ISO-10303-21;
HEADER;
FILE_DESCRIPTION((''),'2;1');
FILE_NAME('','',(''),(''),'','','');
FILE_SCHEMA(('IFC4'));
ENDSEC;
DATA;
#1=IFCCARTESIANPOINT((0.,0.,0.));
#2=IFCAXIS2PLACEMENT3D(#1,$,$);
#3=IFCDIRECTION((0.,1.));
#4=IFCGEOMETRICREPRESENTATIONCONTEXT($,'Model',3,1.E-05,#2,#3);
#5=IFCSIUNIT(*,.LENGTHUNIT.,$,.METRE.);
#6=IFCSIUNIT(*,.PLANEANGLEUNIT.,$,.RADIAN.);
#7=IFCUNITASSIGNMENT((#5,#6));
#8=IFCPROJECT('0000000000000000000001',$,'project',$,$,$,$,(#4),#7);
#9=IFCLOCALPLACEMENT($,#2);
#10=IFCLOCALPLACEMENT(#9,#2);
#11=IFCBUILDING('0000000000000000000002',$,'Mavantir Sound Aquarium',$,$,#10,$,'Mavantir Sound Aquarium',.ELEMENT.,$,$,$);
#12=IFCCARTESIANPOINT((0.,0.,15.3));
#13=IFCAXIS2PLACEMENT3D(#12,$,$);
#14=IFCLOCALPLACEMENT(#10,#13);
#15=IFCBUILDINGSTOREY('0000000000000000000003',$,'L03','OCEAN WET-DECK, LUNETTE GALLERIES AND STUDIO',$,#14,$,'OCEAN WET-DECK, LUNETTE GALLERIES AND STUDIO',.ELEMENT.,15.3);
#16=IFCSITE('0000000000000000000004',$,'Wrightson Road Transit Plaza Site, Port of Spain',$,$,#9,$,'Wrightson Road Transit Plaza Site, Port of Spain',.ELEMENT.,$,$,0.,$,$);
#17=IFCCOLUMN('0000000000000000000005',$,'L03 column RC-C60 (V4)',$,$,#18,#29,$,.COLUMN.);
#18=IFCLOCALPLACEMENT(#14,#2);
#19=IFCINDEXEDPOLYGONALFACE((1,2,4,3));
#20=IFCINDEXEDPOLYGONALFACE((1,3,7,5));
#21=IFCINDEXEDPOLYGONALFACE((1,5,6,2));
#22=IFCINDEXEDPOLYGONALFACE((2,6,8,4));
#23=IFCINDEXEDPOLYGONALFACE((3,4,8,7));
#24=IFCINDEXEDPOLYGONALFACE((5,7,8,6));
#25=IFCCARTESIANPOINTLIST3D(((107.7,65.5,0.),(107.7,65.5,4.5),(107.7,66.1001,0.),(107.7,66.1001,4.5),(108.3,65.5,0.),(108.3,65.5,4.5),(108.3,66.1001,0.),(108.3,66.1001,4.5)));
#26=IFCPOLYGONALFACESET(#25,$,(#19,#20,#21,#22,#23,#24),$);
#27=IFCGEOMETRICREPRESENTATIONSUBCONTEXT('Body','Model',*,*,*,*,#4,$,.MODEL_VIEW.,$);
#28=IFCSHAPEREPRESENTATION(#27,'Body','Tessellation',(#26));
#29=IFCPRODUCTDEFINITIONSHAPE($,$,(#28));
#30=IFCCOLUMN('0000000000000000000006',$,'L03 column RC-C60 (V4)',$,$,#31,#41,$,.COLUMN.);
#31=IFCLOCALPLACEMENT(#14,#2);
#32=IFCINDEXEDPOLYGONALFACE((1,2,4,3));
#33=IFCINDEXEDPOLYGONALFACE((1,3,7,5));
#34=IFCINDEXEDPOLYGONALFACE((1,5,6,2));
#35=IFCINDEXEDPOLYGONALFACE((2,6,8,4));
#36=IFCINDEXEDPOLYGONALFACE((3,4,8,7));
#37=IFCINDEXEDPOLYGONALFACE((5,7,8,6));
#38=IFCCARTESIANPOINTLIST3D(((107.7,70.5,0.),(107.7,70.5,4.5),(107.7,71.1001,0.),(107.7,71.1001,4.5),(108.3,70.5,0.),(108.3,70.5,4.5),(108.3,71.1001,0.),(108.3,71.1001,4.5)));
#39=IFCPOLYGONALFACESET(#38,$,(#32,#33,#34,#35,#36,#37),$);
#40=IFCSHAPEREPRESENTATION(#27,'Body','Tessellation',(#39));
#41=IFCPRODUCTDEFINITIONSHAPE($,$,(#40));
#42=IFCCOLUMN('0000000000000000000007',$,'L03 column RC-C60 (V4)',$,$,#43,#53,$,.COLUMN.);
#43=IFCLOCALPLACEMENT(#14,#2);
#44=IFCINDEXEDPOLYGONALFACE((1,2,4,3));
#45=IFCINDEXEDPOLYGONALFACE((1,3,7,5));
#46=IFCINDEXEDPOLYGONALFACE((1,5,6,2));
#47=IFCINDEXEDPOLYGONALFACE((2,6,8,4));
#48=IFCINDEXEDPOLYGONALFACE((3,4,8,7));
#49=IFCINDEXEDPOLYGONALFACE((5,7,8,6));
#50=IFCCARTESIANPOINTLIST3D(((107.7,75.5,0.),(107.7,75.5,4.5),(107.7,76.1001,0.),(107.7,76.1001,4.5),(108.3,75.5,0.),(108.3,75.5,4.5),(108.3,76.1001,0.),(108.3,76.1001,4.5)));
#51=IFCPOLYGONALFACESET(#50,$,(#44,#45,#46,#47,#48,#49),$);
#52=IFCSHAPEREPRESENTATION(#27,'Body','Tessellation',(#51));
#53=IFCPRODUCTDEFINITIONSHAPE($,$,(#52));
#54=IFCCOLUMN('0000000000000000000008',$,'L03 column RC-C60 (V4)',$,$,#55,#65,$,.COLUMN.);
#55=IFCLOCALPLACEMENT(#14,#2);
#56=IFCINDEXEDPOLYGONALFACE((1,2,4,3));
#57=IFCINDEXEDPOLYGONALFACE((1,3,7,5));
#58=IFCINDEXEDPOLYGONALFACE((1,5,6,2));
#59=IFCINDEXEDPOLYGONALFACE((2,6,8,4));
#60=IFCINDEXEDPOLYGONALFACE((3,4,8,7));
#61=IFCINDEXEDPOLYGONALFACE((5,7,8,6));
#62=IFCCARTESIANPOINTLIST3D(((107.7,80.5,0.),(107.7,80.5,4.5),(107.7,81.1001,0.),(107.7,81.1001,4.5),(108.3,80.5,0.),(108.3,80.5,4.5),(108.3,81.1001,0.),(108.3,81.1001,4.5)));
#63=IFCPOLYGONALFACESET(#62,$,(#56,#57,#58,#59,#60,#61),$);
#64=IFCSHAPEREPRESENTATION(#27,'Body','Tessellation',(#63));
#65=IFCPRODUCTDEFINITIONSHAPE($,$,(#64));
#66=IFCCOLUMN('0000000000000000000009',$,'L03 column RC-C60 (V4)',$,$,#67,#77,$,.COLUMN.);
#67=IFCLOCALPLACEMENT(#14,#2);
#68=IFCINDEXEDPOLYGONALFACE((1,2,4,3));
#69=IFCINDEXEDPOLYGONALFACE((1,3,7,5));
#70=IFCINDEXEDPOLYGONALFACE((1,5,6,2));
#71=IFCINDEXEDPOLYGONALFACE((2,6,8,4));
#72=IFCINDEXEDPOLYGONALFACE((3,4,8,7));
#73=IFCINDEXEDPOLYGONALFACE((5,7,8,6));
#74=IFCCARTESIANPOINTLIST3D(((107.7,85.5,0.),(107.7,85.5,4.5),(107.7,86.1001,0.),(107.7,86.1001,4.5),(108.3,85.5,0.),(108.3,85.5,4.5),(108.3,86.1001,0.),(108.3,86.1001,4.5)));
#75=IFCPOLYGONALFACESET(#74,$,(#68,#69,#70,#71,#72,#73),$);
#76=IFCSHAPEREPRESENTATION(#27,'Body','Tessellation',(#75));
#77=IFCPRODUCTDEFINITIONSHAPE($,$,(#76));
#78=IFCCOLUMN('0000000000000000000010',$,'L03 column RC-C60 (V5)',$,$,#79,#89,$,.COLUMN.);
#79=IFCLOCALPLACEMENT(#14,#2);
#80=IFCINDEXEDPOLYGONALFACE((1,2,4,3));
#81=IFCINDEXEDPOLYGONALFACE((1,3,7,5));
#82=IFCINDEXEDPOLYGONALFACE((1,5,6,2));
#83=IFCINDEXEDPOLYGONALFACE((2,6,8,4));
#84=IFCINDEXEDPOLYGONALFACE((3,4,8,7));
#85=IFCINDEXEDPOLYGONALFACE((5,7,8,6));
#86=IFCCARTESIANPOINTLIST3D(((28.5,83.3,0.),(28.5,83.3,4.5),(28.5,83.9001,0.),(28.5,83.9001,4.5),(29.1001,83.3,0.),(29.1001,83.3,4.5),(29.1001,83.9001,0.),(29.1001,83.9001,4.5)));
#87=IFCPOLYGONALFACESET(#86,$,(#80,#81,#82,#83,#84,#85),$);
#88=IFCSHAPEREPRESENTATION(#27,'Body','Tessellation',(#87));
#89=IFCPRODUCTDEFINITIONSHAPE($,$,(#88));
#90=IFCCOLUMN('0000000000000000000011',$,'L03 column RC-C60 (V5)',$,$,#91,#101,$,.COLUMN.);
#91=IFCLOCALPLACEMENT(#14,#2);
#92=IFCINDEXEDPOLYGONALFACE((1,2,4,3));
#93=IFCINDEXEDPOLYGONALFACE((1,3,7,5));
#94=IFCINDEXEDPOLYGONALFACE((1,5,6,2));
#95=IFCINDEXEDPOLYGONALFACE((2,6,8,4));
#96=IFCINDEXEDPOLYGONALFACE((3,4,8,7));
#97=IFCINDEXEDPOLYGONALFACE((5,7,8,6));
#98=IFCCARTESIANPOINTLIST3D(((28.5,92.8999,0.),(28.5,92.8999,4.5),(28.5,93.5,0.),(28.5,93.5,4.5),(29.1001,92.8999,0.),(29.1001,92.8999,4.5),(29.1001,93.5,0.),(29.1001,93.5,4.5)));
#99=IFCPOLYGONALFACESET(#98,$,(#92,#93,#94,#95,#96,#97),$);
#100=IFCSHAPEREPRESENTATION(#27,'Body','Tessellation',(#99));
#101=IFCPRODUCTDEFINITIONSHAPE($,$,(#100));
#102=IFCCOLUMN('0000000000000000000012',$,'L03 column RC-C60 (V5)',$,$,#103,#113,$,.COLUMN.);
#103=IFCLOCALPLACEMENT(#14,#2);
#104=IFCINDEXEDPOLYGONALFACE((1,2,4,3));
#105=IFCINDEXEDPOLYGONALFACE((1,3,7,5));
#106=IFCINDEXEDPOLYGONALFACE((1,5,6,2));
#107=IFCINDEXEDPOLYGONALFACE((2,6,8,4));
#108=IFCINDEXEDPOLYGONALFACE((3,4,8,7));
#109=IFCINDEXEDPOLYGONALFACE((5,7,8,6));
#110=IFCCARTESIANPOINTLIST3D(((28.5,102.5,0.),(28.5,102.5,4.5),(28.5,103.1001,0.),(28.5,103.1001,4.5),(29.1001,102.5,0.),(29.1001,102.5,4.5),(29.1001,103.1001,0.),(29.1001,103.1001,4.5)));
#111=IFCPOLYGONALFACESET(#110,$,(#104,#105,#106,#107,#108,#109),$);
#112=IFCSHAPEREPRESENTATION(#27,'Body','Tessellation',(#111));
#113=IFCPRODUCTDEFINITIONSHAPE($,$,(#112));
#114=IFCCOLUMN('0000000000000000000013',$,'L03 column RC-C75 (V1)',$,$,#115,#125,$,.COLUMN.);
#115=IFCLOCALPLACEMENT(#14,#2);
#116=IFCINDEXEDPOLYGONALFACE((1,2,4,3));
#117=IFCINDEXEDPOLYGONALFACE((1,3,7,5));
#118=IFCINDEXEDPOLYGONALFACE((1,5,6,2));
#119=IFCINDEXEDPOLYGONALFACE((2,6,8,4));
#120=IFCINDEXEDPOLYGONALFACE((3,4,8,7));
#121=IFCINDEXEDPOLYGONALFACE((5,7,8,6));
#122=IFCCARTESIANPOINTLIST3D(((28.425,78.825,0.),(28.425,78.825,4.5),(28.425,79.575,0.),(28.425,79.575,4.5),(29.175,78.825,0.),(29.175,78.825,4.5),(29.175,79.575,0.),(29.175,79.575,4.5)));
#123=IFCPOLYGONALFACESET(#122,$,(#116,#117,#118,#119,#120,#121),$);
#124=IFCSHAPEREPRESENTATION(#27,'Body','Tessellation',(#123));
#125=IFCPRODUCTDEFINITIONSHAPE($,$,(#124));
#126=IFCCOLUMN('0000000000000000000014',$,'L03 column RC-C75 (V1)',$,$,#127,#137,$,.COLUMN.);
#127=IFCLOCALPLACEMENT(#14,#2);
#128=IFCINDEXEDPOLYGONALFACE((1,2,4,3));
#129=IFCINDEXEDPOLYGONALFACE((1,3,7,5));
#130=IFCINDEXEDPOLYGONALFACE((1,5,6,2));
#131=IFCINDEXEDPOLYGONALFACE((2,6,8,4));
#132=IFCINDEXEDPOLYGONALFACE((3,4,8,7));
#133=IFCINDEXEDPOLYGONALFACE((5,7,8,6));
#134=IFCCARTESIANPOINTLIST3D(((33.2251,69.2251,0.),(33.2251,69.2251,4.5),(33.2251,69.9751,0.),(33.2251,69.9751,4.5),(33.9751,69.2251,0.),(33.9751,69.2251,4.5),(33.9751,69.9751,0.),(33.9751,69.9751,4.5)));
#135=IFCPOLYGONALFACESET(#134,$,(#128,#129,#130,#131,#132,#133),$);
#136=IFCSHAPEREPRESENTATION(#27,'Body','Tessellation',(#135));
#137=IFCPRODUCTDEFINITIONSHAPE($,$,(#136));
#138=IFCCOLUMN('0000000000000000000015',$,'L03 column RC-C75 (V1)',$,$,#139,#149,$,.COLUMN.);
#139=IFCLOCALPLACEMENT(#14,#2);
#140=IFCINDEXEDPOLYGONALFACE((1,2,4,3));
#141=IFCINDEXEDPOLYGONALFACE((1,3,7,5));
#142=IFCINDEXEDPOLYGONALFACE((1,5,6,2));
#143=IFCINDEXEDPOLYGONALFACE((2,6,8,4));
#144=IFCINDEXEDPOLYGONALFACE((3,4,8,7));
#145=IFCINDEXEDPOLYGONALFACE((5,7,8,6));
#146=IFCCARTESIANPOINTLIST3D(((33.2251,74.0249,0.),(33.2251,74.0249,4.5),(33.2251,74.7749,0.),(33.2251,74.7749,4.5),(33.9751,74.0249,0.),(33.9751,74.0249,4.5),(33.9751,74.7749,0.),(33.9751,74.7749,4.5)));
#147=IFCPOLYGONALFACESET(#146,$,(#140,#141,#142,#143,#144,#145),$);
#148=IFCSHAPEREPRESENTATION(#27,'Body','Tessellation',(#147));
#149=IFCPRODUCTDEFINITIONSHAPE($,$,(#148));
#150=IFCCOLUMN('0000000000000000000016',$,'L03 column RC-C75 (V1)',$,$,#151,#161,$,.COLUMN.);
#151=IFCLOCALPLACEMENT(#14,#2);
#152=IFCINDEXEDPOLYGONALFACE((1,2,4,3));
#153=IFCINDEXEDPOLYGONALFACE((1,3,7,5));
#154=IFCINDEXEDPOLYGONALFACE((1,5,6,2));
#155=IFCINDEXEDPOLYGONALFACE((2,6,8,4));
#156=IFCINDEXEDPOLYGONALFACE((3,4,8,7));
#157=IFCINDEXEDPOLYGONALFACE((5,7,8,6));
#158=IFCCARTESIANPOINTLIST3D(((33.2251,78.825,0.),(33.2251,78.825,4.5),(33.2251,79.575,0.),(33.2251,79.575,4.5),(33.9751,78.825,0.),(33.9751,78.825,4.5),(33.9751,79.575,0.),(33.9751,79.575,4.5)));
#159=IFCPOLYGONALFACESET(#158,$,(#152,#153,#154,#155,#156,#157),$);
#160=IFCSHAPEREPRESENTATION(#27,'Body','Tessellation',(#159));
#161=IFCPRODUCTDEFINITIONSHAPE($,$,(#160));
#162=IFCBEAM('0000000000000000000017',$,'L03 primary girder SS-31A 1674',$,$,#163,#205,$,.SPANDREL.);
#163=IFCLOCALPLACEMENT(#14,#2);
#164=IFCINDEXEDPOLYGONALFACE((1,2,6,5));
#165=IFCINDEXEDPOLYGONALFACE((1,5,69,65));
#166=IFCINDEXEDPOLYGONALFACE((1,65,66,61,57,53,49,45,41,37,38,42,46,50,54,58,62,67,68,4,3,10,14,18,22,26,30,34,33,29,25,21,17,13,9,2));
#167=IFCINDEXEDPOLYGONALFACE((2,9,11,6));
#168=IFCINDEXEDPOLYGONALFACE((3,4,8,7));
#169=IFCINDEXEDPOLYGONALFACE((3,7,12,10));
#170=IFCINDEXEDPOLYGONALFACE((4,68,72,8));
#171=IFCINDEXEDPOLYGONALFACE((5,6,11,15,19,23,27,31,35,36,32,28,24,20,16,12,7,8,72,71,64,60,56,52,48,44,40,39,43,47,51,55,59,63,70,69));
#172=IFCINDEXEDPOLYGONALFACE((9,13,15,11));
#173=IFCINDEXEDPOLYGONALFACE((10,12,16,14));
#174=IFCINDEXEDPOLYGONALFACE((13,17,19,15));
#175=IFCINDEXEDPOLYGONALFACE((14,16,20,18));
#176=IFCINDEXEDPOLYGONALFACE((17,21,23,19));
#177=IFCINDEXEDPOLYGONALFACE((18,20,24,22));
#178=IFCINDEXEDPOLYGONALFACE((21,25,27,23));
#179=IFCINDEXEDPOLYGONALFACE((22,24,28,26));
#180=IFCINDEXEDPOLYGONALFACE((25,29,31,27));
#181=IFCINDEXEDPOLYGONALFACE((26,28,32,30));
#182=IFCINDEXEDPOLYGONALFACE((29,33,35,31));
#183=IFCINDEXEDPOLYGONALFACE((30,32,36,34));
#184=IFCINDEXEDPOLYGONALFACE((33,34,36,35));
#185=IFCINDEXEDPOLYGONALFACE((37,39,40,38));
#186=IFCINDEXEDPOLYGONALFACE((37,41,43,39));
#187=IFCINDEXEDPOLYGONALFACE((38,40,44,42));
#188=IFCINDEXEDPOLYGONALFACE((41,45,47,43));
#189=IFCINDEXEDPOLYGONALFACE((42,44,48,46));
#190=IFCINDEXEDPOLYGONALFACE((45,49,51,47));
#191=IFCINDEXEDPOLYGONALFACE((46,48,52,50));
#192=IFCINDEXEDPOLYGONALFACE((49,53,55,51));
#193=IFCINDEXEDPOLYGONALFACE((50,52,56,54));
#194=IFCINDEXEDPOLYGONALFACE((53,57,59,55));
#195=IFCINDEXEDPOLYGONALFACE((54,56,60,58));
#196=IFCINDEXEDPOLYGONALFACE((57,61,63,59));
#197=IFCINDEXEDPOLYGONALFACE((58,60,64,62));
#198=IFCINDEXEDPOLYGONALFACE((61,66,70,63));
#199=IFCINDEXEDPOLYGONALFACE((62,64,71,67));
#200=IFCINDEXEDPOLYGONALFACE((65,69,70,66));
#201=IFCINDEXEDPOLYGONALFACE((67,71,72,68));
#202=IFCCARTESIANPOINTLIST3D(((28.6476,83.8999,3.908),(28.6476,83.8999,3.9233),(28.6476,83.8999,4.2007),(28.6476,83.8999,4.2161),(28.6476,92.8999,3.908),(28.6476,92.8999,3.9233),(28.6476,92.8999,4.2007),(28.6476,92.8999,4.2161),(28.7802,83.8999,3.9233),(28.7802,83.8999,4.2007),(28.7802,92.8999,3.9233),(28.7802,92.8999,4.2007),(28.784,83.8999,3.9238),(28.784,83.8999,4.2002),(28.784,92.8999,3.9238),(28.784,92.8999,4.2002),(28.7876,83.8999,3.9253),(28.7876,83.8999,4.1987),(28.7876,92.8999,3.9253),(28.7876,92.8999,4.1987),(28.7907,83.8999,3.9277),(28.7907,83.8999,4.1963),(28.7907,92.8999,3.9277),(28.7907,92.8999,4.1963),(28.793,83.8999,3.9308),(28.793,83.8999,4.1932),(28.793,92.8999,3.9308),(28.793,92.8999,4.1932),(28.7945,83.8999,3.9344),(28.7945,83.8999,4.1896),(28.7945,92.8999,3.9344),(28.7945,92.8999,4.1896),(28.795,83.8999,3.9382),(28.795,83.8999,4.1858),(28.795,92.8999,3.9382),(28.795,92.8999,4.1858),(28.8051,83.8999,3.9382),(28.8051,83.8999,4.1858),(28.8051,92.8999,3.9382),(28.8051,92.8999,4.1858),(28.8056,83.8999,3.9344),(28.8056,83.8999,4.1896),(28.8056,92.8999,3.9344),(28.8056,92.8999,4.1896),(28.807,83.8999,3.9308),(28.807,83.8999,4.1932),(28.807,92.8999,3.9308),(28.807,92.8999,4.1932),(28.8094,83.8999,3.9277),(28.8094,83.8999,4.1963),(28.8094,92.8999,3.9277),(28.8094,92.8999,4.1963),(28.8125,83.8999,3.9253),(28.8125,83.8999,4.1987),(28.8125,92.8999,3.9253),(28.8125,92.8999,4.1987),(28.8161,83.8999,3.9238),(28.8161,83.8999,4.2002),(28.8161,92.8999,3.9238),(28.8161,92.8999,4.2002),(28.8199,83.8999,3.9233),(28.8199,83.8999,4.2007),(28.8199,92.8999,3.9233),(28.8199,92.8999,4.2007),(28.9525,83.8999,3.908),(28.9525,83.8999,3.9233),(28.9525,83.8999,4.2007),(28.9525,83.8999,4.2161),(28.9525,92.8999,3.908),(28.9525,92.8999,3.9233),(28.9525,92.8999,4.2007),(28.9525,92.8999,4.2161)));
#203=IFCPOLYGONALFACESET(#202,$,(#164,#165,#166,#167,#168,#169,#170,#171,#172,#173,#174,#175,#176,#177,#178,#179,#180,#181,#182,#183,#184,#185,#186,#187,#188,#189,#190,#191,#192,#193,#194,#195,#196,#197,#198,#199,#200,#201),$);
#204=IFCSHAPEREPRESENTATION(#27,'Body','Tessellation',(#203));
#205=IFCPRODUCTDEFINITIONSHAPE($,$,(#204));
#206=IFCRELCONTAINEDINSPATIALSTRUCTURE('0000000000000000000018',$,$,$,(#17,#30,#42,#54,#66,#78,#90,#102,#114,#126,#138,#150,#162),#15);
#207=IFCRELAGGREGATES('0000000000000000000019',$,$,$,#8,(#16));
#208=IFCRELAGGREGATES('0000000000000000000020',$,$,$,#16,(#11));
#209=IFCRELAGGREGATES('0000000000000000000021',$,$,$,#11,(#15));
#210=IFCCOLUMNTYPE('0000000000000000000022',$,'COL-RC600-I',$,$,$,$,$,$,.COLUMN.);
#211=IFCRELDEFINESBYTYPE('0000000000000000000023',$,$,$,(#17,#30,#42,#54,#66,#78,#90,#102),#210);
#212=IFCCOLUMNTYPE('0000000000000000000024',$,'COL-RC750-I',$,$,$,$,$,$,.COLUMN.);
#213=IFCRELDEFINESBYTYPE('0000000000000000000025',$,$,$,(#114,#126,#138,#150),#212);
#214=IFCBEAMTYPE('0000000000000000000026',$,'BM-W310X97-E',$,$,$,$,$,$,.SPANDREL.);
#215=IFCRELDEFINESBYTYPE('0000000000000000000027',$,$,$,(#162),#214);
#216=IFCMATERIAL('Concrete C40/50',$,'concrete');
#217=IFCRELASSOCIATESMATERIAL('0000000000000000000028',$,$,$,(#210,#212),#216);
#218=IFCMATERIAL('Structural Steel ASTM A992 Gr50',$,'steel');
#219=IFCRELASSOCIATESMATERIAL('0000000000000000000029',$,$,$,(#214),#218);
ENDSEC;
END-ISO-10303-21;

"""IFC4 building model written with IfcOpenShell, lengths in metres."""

from ifc_helpers import new_model, si_unit, direction, frame, origin, origin_2d, place, context, subcontext, project, spatial, rectangle, i_section, extrude, material, material_profile, profile_set, type_object, element, save


model = new_model("IFC4")

# Units and contexts
model_context = context("Model", 3, precision=1e-05, world=origin(), true_north=direction((0.0, 1.0)))
body_context = subcontext(model_context, "Body", "Model", "MODEL_VIEW")
ifc_project = project(units=[si_unit("LENGTHUNIT", "METRE"), si_unit("PLANEANGLEUNIT", "RADIAN")], contexts=[model_context])

# Site, building, storey
site_placement = place(None, origin())
site = spatial("IfcSite", under=ifc_project, at=site_placement, Name="Wrightson Road Transit Plaza Site, Port of Spain", LongName="Wrightson Road Transit Plaza Site, Port of Spain", CompositionType="ELEMENT", RefElevation=0.0)
building_placement = place(site_placement, origin())
building = spatial("IfcBuilding", under=site, at=building_placement, Name="Mavantir Sound Aquarium", LongName="Mavantir Sound Aquarium", CompositionType="ELEMENT")
storey_placement = place(building_placement, frame((0.0, 0.0, 15.3)))
storey = spatial("IfcBuildingStorey", under=building, at=storey_placement, Name="L03", Description="OCEAN WET-DECK, LUNETTE GALLERIES AND STUDIO", LongName="OCEAN WET-DECK, LUNETTE GALLERIES AND STUDIO", CompositionType="ELEMENT", Elevation=15.3)

# Columns
ifc_material_1 = material(Name="Concrete C40/50", Category="concrete")
ifc_material_profile_1 = material_profile(ifc_material_1, rectangle(XDim=0.6001, YDim=0.6001, at=origin_2d()), Name="RC 600X600")
ifc_profile_set_1 = profile_set([ifc_material_profile_1], Name="Concrete C40/50")
column_type_1 = type_object("IfcColumnType", Name="COL-RC600-I", PredefinedType="COLUMN", material=ifc_profile_set_1)
for number, where, z_axis, x_axis, name in (
    (1, (108.0, 65.8, 0.0), (0.0, 0.0, 1.0), (1.0, 0.0, 0.0), "L03 column RC-C60 (V4)"),
    (2, (108.0, 70.8, 0.0), (0.0, 0.0, 1.0), (1.0, 0.0, 0.0), "L03 column RC-C60 (V4)"),
    (3, (108.0, 75.8, 0.0), (0.0, 0.0, 1.0), (1.0, 0.0, 0.0), "L03 column RC-C60 (V4)"),
    (4, (108.0, 80.8, 0.0), (0.0, 0.0, 1.0), (1.0, 0.0, 0.0), "L03 column RC-C60 (V4)"),
    (5, (108.0, 85.8, 0.0), (0.0, 0.0, 1.0), (1.0, 0.0, 0.0), "L03 column RC-C60 (V4)"),
    (6, (28.8, 83.6001, 0.0), (0.0, 0.0, 1.0), (1.0, 0.0, 0.0), "L03 column RC-C60 (V5)"),
    (7, (28.8, 93.2, 0.0), (0.0, 0.0, 1.0), (1.0, 0.0, 0.0), "L03 column RC-C60 (V5)"),
    (8, (28.8, 102.8, 0.0), (0.0, 0.0, 1.0), (1.0, 0.0, 0.0), "L03 column RC-C60 (V5)"),
):
    element("IfcColumn", number, at=place(storey_placement, frame(where, z_axis=z_axis, x_axis=x_axis)), inside=storey, type_object=column_type_1, Name=name, PredefinedType="COLUMN", context=body_context, shape_type="SweptSolid", body=[
        extrude(rectangle(XDim=0.6001, YDim=0.6001, at=origin_2d()), origin(), (0.0, 0.0, 1.0), 4.5),
    ])
ifc_material_profile_2 = material_profile(ifc_material_1, rectangle(XDim=0.75, YDim=0.75, at=origin_2d()), Name="RC 750X750")
ifc_profile_set_2 = profile_set([ifc_material_profile_2], Name="Concrete C40/50")
column_type_2 = type_object("IfcColumnType", Name="COL-RC750-I", PredefinedType="COLUMN", material=ifc_profile_set_2)
for number, where, z_axis, x_axis, name in (
    (9, (28.8, 79.2, 0.0), (0.0, 0.0, 1.0), (1.0, 0.0, 0.0), "L03 column RC-C75 (V1)"),
    (10, (33.6001, 69.6001, 0.0), (0.0, 0.0, 1.0), (1.0, 0.0, 0.0), "L03 column RC-C75 (V1)"),
    (11, (33.6001, 74.3999, 0.0), (0.0, 0.0, 1.0), (1.0, 0.0, 0.0), "L03 column RC-C75 (V1)"),
    (12, (33.6001, 79.2, 0.0), (0.0, 0.0, 1.0), (1.0, 0.0, 0.0), "L03 column RC-C75 (V1)"),
):
    element("IfcColumn", number, at=place(storey_placement, frame(where, z_axis=z_axis, x_axis=x_axis)), inside=storey, type_object=column_type_2, Name=name, PredefinedType="COLUMN", context=body_context, shape_type="SweptSolid", body=[
        extrude(rectangle(XDim=0.75, YDim=0.75, at=origin_2d()), origin(), (0.0, 0.0, 1.0), 4.5),
    ])

# Beam
ifc_material_2 = material(Name="Structural Steel ASTM A992 Gr50", Category="steel")
ifc_material_profile_3 = material_profile(ifc_material_2, i_section(OverallWidth=0.3049, OverallDepth=0.3081, WebThickness=0.01, FlangeThickness=0.0154, FilletRadius=0.0149, at=origin_2d()), Name="W310X97")
ifc_profile_set_3 = profile_set([ifc_material_profile_3], Name="Structural Steel ASTM A992 Gr50")
beam_type = type_object("IfcBeamType", Name="BM-W310X97-E", PredefinedType="SPANDREL", material=ifc_profile_set_3)
for number, where, z_axis, x_axis, name in (
    (13, (28.8, 83.8999, 4.062), (0.0, 1.0, 0.0), (-1.0, 0.0, 0.0), "L03 primary girder SS-31A 1674"),
):
    element("IfcBeam", number, at=place(storey_placement, frame(where, z_axis=z_axis, x_axis=x_axis)), inside=storey, type_object=beam_type, Name=name, PredefinedType="SPANDREL", context=body_context, shape_type="SweptSolid", body=[
        extrude(i_section(OverallWidth=0.3049, OverallDepth=0.3081, WebThickness=0.01, FlangeThickness=0.0154, FilletRadius=0.0149, at=origin_2d()), origin(), (0.0, 0.0, 1.0), 9.0),
    ])

save(model, "model.ifc")
